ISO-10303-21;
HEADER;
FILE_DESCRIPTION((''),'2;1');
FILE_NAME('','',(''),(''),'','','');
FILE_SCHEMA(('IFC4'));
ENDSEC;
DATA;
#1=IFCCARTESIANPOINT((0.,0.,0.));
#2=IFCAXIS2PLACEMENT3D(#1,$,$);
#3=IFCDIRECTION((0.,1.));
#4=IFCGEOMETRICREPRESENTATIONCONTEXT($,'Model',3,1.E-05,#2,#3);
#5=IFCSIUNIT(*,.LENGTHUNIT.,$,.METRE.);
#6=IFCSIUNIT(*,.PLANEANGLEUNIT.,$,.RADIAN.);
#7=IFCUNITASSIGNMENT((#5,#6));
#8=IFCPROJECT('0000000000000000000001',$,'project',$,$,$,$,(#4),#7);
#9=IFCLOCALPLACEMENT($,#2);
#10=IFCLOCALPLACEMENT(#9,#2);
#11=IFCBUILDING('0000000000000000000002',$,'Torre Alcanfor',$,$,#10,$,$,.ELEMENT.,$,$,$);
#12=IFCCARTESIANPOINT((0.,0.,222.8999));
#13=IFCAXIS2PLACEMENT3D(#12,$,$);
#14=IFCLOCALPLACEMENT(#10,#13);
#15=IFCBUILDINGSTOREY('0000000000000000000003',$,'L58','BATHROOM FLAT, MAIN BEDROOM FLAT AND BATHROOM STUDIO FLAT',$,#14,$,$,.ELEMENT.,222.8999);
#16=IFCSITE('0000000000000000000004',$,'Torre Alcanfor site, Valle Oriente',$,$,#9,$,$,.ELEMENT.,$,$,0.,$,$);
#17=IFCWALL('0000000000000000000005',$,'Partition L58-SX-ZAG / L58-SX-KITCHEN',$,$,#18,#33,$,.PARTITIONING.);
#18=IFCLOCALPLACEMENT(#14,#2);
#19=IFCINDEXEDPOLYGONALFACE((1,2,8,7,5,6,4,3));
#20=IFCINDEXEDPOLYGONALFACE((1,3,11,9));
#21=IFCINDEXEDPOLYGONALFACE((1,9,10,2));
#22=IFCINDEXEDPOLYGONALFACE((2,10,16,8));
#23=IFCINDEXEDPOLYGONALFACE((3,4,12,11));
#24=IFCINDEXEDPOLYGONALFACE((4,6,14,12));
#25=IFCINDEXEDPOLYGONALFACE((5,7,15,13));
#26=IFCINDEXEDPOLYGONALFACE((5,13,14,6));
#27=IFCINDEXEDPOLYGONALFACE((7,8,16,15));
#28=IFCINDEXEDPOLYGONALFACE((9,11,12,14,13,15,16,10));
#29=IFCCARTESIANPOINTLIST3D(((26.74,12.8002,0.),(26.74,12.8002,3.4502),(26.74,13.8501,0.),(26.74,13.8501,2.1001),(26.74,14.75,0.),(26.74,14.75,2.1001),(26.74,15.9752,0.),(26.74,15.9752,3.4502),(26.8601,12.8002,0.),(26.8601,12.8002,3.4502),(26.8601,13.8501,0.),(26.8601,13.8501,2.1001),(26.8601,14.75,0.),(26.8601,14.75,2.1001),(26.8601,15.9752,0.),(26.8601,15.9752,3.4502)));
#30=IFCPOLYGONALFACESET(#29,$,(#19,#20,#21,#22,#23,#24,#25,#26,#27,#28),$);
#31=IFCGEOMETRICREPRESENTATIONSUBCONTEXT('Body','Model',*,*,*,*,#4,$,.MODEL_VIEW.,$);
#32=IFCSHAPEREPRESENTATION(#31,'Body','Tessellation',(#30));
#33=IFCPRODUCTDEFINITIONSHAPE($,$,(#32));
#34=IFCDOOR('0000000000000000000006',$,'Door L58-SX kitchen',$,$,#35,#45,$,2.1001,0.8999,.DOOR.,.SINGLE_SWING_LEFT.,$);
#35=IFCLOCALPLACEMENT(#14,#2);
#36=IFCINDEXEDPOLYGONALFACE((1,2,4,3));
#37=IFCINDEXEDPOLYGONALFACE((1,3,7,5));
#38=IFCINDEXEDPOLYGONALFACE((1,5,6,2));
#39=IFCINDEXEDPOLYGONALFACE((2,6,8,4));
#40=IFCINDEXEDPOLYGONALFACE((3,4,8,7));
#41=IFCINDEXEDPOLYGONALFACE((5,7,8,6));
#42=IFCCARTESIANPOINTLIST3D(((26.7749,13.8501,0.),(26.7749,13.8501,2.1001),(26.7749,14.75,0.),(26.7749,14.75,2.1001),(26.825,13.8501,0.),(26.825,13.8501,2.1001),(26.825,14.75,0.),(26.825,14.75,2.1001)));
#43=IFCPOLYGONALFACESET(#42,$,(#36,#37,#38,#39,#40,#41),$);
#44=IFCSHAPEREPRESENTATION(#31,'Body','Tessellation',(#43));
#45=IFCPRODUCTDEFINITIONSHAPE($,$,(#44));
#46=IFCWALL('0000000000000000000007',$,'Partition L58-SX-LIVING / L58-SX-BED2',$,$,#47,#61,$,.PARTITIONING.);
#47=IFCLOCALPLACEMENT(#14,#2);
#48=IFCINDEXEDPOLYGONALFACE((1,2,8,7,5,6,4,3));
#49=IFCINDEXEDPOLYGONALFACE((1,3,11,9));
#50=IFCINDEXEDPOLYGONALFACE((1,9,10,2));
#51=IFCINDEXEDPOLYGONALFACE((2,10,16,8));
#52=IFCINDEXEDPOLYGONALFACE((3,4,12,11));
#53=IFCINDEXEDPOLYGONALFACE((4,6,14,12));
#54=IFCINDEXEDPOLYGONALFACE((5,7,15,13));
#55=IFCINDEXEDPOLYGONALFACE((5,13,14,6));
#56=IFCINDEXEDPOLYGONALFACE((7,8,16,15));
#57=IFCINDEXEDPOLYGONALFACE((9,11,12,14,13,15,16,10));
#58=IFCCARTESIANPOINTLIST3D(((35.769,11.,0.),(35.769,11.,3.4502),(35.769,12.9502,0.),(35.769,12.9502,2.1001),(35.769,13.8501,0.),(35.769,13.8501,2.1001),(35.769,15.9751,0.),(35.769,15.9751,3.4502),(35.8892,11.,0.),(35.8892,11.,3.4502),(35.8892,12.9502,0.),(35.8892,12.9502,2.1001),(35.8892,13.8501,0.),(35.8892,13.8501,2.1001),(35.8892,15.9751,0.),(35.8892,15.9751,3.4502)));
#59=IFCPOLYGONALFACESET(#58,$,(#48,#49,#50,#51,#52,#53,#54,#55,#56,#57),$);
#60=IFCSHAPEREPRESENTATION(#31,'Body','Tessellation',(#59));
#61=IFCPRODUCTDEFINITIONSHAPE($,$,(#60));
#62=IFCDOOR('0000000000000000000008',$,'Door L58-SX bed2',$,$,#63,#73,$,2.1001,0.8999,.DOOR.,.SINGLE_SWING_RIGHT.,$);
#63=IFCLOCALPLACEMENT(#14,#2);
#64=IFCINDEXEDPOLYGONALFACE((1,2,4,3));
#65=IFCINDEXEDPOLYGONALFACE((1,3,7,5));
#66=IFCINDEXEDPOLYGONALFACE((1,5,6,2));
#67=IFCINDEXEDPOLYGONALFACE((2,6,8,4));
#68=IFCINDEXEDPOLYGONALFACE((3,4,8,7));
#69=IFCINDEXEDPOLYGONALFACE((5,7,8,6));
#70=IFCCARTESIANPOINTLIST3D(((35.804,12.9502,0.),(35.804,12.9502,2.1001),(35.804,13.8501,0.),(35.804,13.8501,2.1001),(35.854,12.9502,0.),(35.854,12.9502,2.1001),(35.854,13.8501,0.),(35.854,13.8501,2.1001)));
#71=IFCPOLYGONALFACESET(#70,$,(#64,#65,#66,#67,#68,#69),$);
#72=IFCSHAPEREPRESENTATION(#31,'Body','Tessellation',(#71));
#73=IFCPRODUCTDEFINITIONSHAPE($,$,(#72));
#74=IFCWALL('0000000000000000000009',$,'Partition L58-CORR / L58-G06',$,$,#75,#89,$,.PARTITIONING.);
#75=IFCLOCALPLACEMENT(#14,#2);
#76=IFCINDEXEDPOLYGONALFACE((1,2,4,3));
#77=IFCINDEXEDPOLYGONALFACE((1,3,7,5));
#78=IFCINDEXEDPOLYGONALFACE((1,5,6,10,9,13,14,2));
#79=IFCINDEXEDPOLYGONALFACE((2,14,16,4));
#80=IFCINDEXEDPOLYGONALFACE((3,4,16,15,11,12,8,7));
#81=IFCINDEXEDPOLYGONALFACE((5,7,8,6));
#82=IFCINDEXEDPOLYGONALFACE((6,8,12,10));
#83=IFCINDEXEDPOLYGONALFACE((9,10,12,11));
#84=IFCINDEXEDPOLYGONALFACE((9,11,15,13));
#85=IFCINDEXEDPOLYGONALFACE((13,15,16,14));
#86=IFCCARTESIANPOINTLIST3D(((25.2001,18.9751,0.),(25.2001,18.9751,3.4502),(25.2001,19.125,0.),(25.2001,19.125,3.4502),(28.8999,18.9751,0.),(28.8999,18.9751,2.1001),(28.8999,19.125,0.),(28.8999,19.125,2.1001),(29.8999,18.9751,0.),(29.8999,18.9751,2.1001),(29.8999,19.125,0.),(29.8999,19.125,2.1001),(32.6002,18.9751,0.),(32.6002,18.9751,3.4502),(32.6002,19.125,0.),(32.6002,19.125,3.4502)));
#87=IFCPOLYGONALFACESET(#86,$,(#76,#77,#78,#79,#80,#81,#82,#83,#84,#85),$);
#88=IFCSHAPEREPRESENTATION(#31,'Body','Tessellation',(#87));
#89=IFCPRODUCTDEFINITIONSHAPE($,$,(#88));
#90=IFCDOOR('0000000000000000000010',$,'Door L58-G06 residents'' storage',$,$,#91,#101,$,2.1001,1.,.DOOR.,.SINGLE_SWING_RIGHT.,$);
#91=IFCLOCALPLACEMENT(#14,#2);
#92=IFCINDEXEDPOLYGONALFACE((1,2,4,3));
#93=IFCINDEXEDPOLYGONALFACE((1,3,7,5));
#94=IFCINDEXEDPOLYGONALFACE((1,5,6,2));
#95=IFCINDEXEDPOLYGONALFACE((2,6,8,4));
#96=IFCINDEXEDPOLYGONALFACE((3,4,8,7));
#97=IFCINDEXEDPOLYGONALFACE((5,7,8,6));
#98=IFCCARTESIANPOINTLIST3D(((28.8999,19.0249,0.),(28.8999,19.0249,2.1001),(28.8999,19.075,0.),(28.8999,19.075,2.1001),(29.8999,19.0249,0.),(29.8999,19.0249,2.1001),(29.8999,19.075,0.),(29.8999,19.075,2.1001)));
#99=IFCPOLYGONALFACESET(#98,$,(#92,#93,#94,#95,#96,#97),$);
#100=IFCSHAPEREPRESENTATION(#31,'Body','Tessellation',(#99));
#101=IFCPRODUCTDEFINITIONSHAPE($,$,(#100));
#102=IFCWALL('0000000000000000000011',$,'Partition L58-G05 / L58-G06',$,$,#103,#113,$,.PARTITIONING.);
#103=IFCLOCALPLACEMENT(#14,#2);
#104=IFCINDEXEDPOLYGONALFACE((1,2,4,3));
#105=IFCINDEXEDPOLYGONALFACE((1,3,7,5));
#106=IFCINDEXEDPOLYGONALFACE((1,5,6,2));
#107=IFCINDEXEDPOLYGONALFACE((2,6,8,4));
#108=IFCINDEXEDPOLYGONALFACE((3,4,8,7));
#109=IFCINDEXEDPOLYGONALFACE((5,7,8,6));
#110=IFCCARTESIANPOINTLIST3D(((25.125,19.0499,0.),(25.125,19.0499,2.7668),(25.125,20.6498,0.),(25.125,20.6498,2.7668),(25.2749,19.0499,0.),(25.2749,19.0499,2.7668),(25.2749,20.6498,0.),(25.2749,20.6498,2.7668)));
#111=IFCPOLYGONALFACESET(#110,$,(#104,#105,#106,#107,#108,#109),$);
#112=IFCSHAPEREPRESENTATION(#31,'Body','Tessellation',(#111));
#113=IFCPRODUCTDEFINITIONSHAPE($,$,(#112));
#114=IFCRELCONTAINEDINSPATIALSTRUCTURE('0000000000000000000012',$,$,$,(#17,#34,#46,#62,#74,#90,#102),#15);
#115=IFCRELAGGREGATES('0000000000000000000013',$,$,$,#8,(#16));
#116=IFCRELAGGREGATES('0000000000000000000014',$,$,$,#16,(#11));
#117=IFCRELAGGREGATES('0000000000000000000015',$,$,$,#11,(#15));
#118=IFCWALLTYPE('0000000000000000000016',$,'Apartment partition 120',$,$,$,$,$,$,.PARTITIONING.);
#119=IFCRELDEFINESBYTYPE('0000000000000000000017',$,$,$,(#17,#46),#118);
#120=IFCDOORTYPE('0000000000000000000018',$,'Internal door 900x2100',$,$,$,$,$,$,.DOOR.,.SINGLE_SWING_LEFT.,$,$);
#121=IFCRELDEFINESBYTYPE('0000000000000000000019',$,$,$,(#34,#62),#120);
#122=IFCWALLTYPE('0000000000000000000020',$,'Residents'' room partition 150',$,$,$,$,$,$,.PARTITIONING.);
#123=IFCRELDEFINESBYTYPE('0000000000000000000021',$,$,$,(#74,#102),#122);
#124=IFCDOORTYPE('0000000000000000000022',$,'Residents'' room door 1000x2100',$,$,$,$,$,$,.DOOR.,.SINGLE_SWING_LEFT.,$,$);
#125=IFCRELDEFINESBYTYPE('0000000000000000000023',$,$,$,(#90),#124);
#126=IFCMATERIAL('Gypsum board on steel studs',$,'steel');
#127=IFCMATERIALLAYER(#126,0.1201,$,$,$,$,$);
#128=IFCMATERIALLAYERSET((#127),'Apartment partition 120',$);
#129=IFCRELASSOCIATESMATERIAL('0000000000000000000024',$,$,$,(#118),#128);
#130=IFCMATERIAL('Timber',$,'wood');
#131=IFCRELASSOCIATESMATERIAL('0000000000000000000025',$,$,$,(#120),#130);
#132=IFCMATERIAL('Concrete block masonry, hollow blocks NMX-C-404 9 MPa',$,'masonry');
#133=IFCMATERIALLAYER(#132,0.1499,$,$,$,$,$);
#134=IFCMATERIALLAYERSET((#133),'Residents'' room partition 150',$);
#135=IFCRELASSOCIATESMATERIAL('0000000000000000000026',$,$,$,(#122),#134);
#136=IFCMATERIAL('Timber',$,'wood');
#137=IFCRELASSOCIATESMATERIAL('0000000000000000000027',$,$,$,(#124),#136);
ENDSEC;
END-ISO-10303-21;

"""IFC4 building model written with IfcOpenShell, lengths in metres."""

from ifc_helpers import new_model, si_unit, direction, frame, frame_2d, origin, place, context, subcontext, project, spatial, rectangle, extrude, material, layer, layer_set, type_object, element, fill, save


model = new_model("IFC4")

# Units and contexts
model_context = context("Model", 3, precision=1e-05, world=origin(), true_north=direction((0.0, 1.0)))
body_context = subcontext(model_context, "Body", "Model", "MODEL_VIEW")
ifc_project = project(units=[si_unit("LENGTHUNIT", "METRE"), si_unit("PLANEANGLEUNIT", "RADIAN")], contexts=[model_context])

# Site, building, storey
site_placement = place(None, origin())
site = spatial("IfcSite", under=ifc_project, at=site_placement, Name="Torre Alcanfor site, Valle Oriente", CompositionType="ELEMENT", RefElevation=0.0)
building_placement = place(site_placement, origin())
building = spatial("IfcBuilding", under=site, at=building_placement, Name="Torre Alcanfor", CompositionType="ELEMENT")
storey_placement = place(building_placement, frame((0.0, 0.0, 222.8999)))
storey = spatial("IfcBuildingStorey", under=building, at=storey_placement, Name="L58", Description="BATHROOM FLAT, MAIN BEDROOM FLAT AND BATHROOM STUDIO FLAT", CompositionType="ELEMENT", Elevation=222.8999)

# Walls, openings, doors
ifc_material_1 = material(Name="Gypsum board on steel studs", Category="steel")
ifc_layer_1 = layer(ifc_material_1, 0.1201)
ifc_layer_set_1 = layer_set([ifc_layer_1], Name="Apartment partition 120")
wall_type_1 = type_object("IfcWallType", Name="Apartment partition 120", PredefinedType="PARTITIONING", material=ifc_layer_set_1)
wall_1_placement = place(storey_placement, frame((26.8, 15.9751, 0.0), z_axis=(0.0, 0.0, 1.0), x_axis=(0.0, -1.0, 0.0)))
wall_1 = element("IfcWall", 1, at=wall_1_placement, inside=storey, type_object=wall_type_1, Name="Partition L58-SX-ZAG / L58-SX-KITCHEN", PredefinedType="PARTITIONING", context=body_context, shape_type="SweptSolid", body=[
    extrude(rectangle(XDim=3.175, YDim=0.1201, at=frame_2d((1.5874, 0.0))), origin(), (0.0, 0.0, 1.0), 3.4502),
])
opening_1_placement = place(wall_1_placement, frame((1.2251, 0.0, 0.0)))
opening_1 = element("IfcOpeningElement", 2, at=opening_1_placement, cuts=wall_1, PredefinedType="OPENING", context=body_context, shape_type="SweptSolid", body=[
    extrude(rectangle(XDim=0.8999, YDim=2.1001, at=frame_2d((0.45, 1.05))), frame((0.0, 0.0701, 0.0), z_axis=(0.0, -1.0, 0.0), x_axis=(1.0, 0.0, 0.0)), (0.0, 0.0, 1.0), 0.1401),
])
ifc_material_2 = material(Name="Timber", Category="wood")
door_type_1 = type_object("IfcDoorType", Name="Internal door 900x2100", OperationType="SINGLE_SWING_LEFT", PredefinedType="DOOR", material=ifc_material_2)
door_1_placement = place(opening_1_placement, frame((0.8999, 0.0, 0.0), z_axis=(0.0, 0.0, 1.0), x_axis=(-1.0, 0.0, 0.0)))
door_1 = element("IfcDoor", 3, at=door_1_placement, inside=storey, type_object=door_type_1, Name="Door L58-SX kitchen", OperationType="SINGLE_SWING_LEFT", OverallHeight=2.1001, OverallWidth=0.8999, PredefinedType="DOOR", context=body_context, shape_type="SweptSolid", body=[
    extrude(rectangle(XDim=0.8999, YDim=2.1001, at=frame_2d((0.45, 1.05))), frame((0.0, 0.0251, 0.0), z_axis=(0.0, -1.0, 0.0), x_axis=(1.0, 0.0, 0.0)), (0.0, 0.0, 1.0), 0.05),
])
fill(opening_1, door_1)
wall_2_placement = place(storey_placement, frame((35.8291, 15.9751, 0.0), z_axis=(0.0, 0.0, 1.0), x_axis=(0.0, -1.0, 0.0)))
wall_2 = element("IfcWall", 4, at=wall_2_placement, inside=storey, type_object=wall_type_1, Name="Partition L58-SX-LIVING / L58-SX-BED2", PredefinedType="PARTITIONING", context=body_context, shape_type="SweptSolid", body=[
    extrude(rectangle(XDim=4.9751, YDim=0.1201, at=frame_2d((2.4875, 0.0))), origin(), (0.0, 0.0, 1.0), 3.4502),
])
opening_2_placement = place(wall_2_placement, frame((2.125, 0.0, 0.0)))
opening_2 = element("IfcOpeningElement", 5, at=opening_2_placement, cuts=wall_2, PredefinedType="OPENING", context=body_context, shape_type="SweptSolid", body=[
    extrude(rectangle(XDim=0.8999, YDim=2.1001, at=frame_2d((0.45, 1.05))), frame((0.0, 0.0701, 0.0), z_axis=(0.0, -1.0, 0.0), x_axis=(1.0, 0.0, 0.0)), (0.0, 0.0, 1.0), 0.1401),
])
door_2_placement = place(opening_2_placement, origin())
door_2 = element("IfcDoor", 6, at=door_2_placement, inside=storey, type_object=door_type_1, Name="Door L58-SX bed2", OperationType="SINGLE_SWING_RIGHT", OverallHeight=2.1001, OverallWidth=0.8999, PredefinedType="DOOR", context=body_context, shape_type="SweptSolid", body=[
    extrude(rectangle(XDim=0.8999, YDim=2.1001, at=frame_2d((0.45, 1.05))), frame((0.0, 0.0249, 0.0), z_axis=(0.0, -1.0, 0.0), x_axis=(1.0, 0.0, 0.0)), (0.0, 0.0, 1.0), 0.05),
])
fill(opening_2, door_2)
ifc_material_3 = material(Name="Concrete block masonry, hollow blocks NMX-C-404 9 MPa", Category="masonry")
ifc_layer_2 = layer(ifc_material_3, 0.1499)
ifc_layer_set_2 = layer_set([ifc_layer_2], Name="Residents' room partition 150")
wall_type_2 = type_object("IfcWallType", Name="Residents' room partition 150", PredefinedType="PARTITIONING", material=ifc_layer_set_2)
wall_3_placement = place(storey_placement, frame((25.2, 19.05, 0.0), z_axis=(0.0, 0.0, 1.0), x_axis=(1.0, 0.0, 0.0)))
wall_3 = element("IfcWall", 7, at=wall_3_placement, inside=storey, type_object=wall_type_2, Name="Partition L58-CORR / L58-G06", PredefinedType="PARTITIONING", context=body_context, shape_type="SweptSolid", body=[
    extrude(rectangle(XDim=7.4001, YDim=0.1499, at=frame_2d((3.7002, 0.0))), origin(), (0.0, 0.0, 1.0), 3.4502),
])
opening_3_placement = place(wall_3_placement, frame((3.7, 0.0, 0.0)))
opening_3 = element("IfcOpeningElement", 8, at=opening_3_placement, cuts=wall_3, PredefinedType="OPENING", context=body_context, shape_type="SweptSolid", body=[
    extrude(rectangle(XDim=1.0, YDim=2.1001, at=frame_2d((0.5, 1.05))), frame((0.0, 0.085, 0.0), z_axis=(0.0, -1.0, 0.0), x_axis=(1.0, 0.0, 0.0)), (0.0, 0.0, 1.0), 0.1699),
])
ifc_material_4 = material(Name="Timber", Category="wood")
door_type_2 = type_object("IfcDoorType", Name="Residents' room door 1000x2100", OperationType="SINGLE_SWING_LEFT", PredefinedType="DOOR", material=ifc_material_4)
door_3_placement = place(opening_3_placement, origin())
door_3 = element("IfcDoor", 9, at=door_3_placement, inside=storey, type_object=door_type_2, Name="Door L58-G06 residents' storage", OperationType="SINGLE_SWING_RIGHT", OverallHeight=2.1001, OverallWidth=1.0, PredefinedType="DOOR", context=body_context, shape_type="SweptSolid", body=[
    extrude(rectangle(XDim=1.0, YDim=2.1001, at=frame_2d((0.5, 1.05))), frame((0.0, 0.0249, 0.0), z_axis=(0.0, -1.0, 0.0), x_axis=(1.0, 0.0, 0.0)), (0.0, 0.0, 1.0), 0.05),
])
fill(opening_3, door_3)

# Wall
wall_4_placement = place(storey_placement, frame((25.2, 19.05, 0.0), z_axis=(0.0, 0.0, 1.0), x_axis=(0.0, 1.0, 0.0)))
element("IfcWall", 10, at=wall_4_placement, inside=storey, type_object=wall_type_2, Name="Partition L58-G05 / L58-G06", PredefinedType="PARTITIONING", context=body_context, shape_type="SweptSolid", body=[
    extrude(rectangle(XDim=1.5999, YDim=0.1499, at=frame_2d((0.7998, 0.0))), origin(), (0.0, 0.0, 1.0), 2.7668),
])

save(model, "model.ifc")
